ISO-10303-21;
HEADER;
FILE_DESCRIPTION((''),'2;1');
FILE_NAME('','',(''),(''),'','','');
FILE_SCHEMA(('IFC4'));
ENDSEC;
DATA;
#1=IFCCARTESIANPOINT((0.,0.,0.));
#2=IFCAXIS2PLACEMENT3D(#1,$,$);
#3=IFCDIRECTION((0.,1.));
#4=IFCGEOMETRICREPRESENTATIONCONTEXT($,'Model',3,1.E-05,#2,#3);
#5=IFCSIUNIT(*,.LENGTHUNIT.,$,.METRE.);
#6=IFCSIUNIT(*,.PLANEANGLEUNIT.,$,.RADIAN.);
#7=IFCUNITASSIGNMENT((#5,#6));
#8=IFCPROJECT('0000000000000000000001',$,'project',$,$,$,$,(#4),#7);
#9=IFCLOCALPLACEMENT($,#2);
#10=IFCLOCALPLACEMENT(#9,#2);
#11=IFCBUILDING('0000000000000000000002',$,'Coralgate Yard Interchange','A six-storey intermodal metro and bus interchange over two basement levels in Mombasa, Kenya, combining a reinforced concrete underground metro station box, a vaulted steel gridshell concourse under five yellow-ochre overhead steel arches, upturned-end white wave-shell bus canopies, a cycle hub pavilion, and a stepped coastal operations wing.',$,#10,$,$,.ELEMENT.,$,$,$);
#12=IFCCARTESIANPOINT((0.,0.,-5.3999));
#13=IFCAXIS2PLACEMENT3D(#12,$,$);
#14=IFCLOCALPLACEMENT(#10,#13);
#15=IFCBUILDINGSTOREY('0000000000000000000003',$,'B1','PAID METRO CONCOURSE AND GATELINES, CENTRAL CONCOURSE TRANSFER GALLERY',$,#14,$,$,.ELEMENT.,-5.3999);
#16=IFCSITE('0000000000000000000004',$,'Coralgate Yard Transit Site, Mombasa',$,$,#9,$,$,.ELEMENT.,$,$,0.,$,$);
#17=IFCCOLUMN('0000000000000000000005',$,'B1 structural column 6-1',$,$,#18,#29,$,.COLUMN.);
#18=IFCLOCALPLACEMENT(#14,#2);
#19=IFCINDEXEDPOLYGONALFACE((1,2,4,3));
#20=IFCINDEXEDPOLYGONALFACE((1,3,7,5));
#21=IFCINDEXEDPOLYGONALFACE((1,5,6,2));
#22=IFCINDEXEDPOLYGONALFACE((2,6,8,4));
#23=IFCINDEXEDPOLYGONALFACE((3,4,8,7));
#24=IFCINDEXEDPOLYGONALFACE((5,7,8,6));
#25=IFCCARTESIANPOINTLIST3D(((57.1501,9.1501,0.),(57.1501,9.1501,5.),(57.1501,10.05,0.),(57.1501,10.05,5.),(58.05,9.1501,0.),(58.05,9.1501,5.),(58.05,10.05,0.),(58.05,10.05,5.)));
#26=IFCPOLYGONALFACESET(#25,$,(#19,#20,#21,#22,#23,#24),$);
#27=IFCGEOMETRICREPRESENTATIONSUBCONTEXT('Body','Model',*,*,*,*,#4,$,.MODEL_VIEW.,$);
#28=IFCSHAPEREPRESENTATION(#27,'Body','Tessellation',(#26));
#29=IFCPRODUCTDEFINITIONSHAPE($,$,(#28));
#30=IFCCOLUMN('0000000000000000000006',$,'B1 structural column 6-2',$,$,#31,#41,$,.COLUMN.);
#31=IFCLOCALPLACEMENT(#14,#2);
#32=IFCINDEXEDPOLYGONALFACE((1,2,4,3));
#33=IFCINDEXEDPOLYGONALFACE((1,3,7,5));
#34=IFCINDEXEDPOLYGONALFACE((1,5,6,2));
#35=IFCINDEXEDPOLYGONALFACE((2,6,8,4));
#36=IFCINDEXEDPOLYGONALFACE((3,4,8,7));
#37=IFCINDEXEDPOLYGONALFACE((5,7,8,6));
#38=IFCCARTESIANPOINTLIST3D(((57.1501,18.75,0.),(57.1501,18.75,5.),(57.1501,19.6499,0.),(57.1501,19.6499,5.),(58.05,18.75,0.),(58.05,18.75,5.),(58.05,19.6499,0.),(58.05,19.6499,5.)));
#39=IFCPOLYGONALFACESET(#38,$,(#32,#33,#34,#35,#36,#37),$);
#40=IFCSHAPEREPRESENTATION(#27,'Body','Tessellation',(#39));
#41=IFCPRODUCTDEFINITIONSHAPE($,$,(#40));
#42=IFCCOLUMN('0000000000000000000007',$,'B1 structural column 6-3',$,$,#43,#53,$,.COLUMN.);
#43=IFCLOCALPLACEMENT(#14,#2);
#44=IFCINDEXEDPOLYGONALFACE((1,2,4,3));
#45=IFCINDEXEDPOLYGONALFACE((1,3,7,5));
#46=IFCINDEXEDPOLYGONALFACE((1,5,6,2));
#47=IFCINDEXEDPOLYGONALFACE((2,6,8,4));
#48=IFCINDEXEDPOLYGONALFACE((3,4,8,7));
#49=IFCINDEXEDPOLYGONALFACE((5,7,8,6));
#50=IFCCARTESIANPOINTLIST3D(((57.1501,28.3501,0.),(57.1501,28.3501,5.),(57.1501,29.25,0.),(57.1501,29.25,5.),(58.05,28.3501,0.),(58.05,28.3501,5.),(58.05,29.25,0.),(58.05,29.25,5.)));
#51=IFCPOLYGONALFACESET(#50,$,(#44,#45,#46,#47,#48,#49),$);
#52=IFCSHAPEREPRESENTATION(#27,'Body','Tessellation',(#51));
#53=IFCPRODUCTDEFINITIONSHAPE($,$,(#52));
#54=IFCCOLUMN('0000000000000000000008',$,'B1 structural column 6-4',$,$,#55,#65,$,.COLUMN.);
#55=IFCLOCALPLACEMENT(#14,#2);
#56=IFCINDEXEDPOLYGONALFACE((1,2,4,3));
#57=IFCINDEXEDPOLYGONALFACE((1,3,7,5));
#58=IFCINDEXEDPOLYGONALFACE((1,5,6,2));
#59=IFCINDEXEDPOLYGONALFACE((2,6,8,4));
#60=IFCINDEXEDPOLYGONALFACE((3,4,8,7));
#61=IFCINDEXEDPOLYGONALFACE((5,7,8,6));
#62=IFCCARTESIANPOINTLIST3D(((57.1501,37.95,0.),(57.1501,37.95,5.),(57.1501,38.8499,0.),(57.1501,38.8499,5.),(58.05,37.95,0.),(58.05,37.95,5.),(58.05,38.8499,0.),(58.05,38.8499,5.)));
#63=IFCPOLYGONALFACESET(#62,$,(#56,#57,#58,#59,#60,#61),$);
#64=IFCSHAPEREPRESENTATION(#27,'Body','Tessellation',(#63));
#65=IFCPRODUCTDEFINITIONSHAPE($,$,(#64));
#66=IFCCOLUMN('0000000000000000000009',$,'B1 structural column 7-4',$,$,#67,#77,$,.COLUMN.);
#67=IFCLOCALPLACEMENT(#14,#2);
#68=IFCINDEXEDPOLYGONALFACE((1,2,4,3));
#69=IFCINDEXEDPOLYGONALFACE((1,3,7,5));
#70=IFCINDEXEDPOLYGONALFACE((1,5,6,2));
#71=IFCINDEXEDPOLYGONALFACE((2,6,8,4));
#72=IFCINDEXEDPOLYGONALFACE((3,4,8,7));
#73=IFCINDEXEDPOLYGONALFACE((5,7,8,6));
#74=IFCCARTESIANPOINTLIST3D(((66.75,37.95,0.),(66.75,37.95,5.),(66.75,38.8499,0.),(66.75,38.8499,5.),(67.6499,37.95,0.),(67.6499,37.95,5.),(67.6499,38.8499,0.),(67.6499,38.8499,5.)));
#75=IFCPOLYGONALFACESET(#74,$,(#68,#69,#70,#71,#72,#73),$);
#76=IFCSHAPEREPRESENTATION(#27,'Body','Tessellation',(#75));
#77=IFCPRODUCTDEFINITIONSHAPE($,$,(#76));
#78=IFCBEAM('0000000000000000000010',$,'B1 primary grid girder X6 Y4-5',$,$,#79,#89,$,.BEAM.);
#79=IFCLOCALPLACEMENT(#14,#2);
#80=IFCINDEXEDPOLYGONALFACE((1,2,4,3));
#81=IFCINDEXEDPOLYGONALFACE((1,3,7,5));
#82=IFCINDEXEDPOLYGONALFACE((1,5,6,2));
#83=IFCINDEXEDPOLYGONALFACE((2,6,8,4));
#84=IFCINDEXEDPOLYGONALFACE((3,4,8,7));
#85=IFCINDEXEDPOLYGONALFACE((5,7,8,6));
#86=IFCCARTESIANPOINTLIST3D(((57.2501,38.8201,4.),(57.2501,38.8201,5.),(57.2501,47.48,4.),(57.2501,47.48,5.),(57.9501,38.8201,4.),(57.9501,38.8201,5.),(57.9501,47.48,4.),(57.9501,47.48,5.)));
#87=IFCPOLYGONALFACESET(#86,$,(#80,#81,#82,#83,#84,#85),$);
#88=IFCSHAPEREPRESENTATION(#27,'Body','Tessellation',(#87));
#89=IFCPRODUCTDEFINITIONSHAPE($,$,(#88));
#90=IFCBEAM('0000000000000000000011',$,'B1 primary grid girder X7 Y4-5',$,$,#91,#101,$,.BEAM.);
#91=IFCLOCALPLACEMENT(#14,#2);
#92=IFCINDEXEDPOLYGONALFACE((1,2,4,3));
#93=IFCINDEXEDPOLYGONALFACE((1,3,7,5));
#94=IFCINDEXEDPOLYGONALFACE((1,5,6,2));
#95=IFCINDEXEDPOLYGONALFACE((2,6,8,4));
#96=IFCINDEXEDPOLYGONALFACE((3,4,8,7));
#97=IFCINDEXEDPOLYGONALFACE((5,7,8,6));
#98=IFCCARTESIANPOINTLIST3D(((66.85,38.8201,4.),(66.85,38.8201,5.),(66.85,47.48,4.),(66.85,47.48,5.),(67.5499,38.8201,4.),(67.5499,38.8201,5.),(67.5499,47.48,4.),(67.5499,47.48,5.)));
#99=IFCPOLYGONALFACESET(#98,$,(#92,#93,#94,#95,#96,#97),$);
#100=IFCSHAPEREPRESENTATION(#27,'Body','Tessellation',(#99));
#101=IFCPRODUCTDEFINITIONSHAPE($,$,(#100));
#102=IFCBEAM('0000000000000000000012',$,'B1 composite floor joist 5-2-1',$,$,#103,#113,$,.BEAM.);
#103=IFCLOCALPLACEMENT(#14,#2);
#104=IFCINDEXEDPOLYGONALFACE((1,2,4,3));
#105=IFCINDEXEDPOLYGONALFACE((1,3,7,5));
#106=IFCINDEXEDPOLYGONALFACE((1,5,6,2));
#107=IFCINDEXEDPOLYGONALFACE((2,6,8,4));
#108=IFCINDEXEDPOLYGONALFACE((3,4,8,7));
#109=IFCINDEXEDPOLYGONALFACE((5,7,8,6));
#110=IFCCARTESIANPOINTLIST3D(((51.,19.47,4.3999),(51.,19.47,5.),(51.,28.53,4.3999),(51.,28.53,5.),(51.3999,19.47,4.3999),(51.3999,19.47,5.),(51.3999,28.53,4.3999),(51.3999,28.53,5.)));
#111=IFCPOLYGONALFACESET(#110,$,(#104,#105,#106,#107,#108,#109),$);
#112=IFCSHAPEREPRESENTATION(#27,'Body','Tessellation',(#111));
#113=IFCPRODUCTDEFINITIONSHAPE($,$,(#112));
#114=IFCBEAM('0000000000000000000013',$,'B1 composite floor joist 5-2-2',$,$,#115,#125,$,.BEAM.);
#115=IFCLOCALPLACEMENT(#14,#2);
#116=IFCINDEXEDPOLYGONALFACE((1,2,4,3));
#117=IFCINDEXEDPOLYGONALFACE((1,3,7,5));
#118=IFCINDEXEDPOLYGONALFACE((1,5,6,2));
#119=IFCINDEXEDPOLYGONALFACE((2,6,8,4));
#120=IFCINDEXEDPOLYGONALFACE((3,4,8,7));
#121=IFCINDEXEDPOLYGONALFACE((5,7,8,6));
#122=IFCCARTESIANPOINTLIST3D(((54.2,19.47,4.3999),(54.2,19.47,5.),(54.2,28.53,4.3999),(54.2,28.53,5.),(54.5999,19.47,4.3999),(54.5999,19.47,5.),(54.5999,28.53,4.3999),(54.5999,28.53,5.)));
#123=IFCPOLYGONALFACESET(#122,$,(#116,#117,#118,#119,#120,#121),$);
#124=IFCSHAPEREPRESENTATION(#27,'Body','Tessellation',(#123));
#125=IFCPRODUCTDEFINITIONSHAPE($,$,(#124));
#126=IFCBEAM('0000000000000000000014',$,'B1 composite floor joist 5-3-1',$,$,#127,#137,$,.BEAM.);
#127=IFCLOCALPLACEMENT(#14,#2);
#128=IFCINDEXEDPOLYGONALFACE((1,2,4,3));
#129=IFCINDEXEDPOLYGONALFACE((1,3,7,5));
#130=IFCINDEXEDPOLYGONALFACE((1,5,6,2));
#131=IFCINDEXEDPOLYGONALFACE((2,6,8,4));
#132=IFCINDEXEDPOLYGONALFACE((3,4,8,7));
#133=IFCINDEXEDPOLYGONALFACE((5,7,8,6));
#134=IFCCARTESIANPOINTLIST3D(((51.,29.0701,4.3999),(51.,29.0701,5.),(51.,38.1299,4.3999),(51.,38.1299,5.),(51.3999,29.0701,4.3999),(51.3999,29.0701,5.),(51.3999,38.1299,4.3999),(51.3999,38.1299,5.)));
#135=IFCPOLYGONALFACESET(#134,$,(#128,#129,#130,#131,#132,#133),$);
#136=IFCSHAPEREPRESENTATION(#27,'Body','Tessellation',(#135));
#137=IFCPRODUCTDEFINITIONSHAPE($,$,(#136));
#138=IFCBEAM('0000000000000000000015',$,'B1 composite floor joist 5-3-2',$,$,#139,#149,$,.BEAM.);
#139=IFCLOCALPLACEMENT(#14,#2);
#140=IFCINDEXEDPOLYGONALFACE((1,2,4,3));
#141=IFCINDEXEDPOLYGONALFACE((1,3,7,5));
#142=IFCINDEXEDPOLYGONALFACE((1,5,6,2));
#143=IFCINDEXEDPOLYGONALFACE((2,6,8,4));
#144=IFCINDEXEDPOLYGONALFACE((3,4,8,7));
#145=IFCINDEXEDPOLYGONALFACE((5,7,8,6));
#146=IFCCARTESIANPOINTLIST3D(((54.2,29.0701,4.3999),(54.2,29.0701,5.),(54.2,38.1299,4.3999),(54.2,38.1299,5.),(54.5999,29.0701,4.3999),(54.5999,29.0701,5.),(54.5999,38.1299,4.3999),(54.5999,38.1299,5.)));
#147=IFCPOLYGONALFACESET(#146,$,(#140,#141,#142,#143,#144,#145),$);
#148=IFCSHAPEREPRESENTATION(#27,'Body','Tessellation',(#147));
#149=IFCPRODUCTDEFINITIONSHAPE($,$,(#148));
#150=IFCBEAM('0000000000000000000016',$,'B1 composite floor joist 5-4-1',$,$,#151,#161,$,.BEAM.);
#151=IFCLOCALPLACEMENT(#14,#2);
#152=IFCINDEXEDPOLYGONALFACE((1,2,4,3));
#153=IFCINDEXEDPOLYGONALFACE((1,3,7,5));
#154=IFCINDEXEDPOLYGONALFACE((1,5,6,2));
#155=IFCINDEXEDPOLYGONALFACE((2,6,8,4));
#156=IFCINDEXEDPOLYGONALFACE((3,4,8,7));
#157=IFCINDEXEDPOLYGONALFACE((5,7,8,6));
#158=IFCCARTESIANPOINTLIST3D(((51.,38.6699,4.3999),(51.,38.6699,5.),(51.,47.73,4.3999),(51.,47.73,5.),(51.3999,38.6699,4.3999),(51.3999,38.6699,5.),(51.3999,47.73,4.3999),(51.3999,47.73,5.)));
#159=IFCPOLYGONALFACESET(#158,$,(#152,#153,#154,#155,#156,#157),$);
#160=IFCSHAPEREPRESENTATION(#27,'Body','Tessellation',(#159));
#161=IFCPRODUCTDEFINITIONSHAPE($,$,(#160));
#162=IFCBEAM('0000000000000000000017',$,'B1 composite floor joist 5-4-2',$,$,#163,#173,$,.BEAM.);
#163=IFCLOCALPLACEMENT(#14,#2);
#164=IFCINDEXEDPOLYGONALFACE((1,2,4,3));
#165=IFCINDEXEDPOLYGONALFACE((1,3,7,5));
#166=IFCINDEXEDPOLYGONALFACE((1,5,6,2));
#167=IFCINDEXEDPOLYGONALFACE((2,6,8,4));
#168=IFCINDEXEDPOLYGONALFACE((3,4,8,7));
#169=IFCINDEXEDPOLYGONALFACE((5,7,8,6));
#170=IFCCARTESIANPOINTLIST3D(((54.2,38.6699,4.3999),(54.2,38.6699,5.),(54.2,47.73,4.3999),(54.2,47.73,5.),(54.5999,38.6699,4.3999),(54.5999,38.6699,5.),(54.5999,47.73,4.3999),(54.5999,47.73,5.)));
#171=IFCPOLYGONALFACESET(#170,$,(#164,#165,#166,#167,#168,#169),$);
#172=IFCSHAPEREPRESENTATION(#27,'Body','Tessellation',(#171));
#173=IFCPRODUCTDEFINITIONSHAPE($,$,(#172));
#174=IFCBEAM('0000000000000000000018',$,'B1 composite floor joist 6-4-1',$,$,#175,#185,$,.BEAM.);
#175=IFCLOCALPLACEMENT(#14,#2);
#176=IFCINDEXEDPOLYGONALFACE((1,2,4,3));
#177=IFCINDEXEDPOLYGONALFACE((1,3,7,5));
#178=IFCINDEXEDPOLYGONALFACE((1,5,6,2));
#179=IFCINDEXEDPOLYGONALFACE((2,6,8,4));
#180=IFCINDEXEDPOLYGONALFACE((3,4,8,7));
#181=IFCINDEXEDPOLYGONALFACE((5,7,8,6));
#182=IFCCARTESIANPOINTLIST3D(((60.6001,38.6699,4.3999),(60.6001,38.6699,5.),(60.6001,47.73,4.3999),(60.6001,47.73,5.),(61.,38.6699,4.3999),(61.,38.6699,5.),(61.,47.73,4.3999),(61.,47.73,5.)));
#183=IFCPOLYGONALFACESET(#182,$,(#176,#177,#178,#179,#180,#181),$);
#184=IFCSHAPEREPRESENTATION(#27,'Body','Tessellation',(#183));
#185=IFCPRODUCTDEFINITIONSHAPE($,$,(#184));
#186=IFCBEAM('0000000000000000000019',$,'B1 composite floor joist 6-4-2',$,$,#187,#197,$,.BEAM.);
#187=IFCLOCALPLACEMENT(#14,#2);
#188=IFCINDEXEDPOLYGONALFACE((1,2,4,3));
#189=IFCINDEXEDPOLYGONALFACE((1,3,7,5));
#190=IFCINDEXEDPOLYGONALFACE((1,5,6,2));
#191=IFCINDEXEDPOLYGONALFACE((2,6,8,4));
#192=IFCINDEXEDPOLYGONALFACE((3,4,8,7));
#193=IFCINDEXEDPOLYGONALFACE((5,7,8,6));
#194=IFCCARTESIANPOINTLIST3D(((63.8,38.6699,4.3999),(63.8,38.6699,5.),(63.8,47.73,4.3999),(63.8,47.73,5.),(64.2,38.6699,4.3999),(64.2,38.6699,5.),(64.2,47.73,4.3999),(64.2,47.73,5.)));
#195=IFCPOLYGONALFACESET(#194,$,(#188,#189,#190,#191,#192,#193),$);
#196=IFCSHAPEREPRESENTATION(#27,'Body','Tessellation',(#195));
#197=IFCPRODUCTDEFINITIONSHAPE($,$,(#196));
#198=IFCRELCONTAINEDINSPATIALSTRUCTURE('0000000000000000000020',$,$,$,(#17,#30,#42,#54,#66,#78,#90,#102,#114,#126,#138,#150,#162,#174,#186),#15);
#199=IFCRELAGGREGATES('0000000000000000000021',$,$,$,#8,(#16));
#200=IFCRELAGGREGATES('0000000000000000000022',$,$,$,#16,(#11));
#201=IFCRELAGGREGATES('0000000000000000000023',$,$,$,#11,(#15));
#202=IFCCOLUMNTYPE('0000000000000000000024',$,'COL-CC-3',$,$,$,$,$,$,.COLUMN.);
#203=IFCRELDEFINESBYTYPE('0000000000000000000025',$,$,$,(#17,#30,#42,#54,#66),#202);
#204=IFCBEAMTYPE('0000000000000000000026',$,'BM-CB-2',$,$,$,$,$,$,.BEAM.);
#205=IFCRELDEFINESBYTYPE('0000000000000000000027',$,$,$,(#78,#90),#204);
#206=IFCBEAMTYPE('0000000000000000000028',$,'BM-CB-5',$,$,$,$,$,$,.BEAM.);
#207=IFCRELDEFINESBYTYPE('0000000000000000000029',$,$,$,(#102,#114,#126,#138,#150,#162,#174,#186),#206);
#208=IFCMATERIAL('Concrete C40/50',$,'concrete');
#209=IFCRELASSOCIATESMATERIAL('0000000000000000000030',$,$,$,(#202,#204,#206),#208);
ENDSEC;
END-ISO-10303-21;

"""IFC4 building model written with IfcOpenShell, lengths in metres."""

from ifc_helpers import new_model, si_unit, direction, frame, origin, origin_2d, place, context, subcontext, project, spatial, rectangle, extrude, material, material_profile, profile_set, type_object, element, save


model = new_model("IFC4")

# Units and contexts
model_context = context("Model", 3, precision=1e-05, world=origin(), true_north=direction((0.0, 1.0)))
body_context = subcontext(model_context, "Body", "Model", "MODEL_VIEW")
ifc_project = project(units=[si_unit("LENGTHUNIT", "METRE"), si_unit("PLANEANGLEUNIT", "RADIAN")], contexts=[model_context])

# Site, building, storey
site_placement = place(None, origin())
site = spatial("IfcSite", under=ifc_project, at=site_placement, Name="Coralgate Yard Transit Site, Mombasa", CompositionType="ELEMENT", RefElevation=0.0)
building_placement = place(site_placement, origin())
building = spatial("IfcBuilding", under=site, at=building_placement, Name="Coralgate Yard Interchange", Description="A six-storey intermodal metro and bus interchange over two basement levels in Mombasa, Kenya, combining a reinforced concrete underground metro station box, a vaulted steel gridshell concourse under five yellow-ochre overhead steel arches, upturned-end white wave-shell bus canopies, a cycle hub pavilion, and a stepped coastal operations wing.", CompositionType="ELEMENT")
storey_placement = place(building_placement, frame((0.0, 0.0, -5.3999)))
storey = spatial("IfcBuildingStorey", under=building, at=storey_placement, Name="B1", Description="PAID METRO CONCOURSE AND GATELINES, CENTRAL CONCOURSE TRANSFER GALLERY", CompositionType="ELEMENT", Elevation=-5.3999)

# Columns
ifc_material_1 = material(Name="Concrete C40/50", Category="concrete")
ifc_material_profile_1 = material_profile(ifc_material_1, rectangle(XDim=0.8999, YDim=0.8999, at=origin_2d()), Name="RC 900x900")
ifc_profile_set_1 = profile_set([ifc_material_profile_1], Name="Concrete C40/50")
column_type = type_object("IfcColumnType", Name="COL-CC-3", PredefinedType="COLUMN", material=ifc_profile_set_1)
for number, where, z_axis, x_axis, name in (
    (1, (57.6001, 9.6001, 0.0), (0.0, 0.0, 1.0), (1.0, 0.0, 0.0), "B1 structural column 6-1"),
    (2, (57.6001, 19.2, 0.0), (0.0, 0.0, 1.0), (1.0, 0.0, 0.0), "B1 structural column 6-2"),
    (3, (57.6001, 28.8, 0.0), (0.0, 0.0, 1.0), (1.0, 0.0, 0.0), "B1 structural column 6-3"),
    (4, (57.6001, 38.3999, 0.0), (0.0, 0.0, 1.0), (1.0, 0.0, 0.0), "B1 structural column 6-4"),
    (5, (67.2, 38.3999, 0.0), (0.0, 0.0, 1.0), (1.0, 0.0, 0.0), "B1 structural column 7-4"),
):
    element("IfcColumn", number, at=place(storey_placement, frame(where, z_axis=z_axis, x_axis=x_axis)), inside=storey, type_object=column_type, Name=name, PredefinedType="COLUMN", context=body_context, shape_type="SweptSolid", body=[
        extrude(rectangle(XDim=0.8999, YDim=0.8999, at=origin_2d()), origin(), (0.0, 0.0, 1.0), 5.0),
    ])

# Beams
ifc_material_profile_2 = material_profile(ifc_material_1, rectangle(XDim=0.7, YDim=1.0, at=origin_2d()), Name="RC 700x1000")
ifc_profile_set_2 = profile_set([ifc_material_profile_2], Name="Concrete C40/50")
beam_type_1 = type_object("IfcBeamType", Name="BM-CB-2", PredefinedType="BEAM", material=ifc_profile_set_2)
for number, where, z_axis, x_axis, name in (
    (6, (57.6001, 38.8201, 4.5), (0.0, 1.0, 0.0), (-1.0, 0.0, 0.0), "B1 primary grid girder X6 Y4-5"),
    (7, (67.2, 38.8201, 4.5), (0.0, 1.0, 0.0), (-1.0, 0.0, 0.0), "B1 primary grid girder X7 Y4-5"),
):
    element("IfcBeam", number, at=place(storey_placement, frame(where, z_axis=z_axis, x_axis=x_axis)), inside=storey, type_object=beam_type_1, Name=name, PredefinedType="BEAM", context=body_context, shape_type="SweptSolid", body=[
        extrude(rectangle(XDim=0.7, YDim=1.0, at=origin_2d()), origin(), (0.0, 0.0, 1.0), 8.6599),
    ])
ifc_material_profile_3 = material_profile(ifc_material_1, rectangle(XDim=0.3999, YDim=0.6001, at=origin_2d()), Name="RC 400x600")
ifc_profile_set_3 = profile_set([ifc_material_profile_3], Name="Concrete C40/50")
beam_type_2 = type_object("IfcBeamType", Name="BM-CB-5", PredefinedType="BEAM", material=ifc_profile_set_3)
for number, where, z_axis, x_axis, name in (
    (8, (51.2, 19.47, 4.7), (0.0, 1.0, 0.0), (-1.0, 0.0, 0.0), "B1 composite floor joist 5-2-1"),
    (9, (54.3999, 19.47, 4.7), (0.0, 1.0, 0.0), (-1.0, 0.0, 0.0), "B1 composite floor joist 5-2-2"),
):
    element("IfcBeam", number, at=place(storey_placement, frame(where, z_axis=z_axis, x_axis=x_axis)), inside=storey, type_object=beam_type_2, Name=name, PredefinedType="BEAM", context=body_context, shape_type="SweptSolid", body=[
        extrude(rectangle(XDim=0.3999, YDim=0.6001, at=origin_2d()), origin(), (0.0, 0.0, 1.0), 9.0601),
    ])
for number, where, z_axis, x_axis, name in (
    (10, (51.2, 29.0701, 4.7), (0.0, 1.0, 0.0), (-1.0, 0.0, 0.0), "B1 composite floor joist 5-3-1"),
    (11, (54.3999, 29.0701, 4.7), (0.0, 1.0, 0.0), (-1.0, 0.0, 0.0), "B1 composite floor joist 5-3-2"),
):
    element("IfcBeam", number, at=place(storey_placement, frame(where, z_axis=z_axis, x_axis=x_axis)), inside=storey, type_object=beam_type_2, Name=name, PredefinedType="BEAM", context=body_context, shape_type="SweptSolid", body=[
        extrude(rectangle(XDim=0.3999, YDim=0.6001, at=origin_2d()), origin(), (0.0, 0.0, 1.0), 9.0598),
    ])
for number, where, z_axis, x_axis, name in (
    (12, (51.2, 38.6699, 4.7), (0.0, 1.0, 0.0), (-1.0, 0.0, 0.0), "B1 composite floor joist 5-4-1"),
    (13, (54.3999, 38.6699, 4.7), (0.0, 1.0, 0.0), (-1.0, 0.0, 0.0), "B1 composite floor joist 5-4-2"),
    (14, (60.8, 38.6699, 4.7), (0.0, 1.0, 0.0), (-1.0, 0.0, 0.0), "B1 composite floor joist 6-4-1"),
    (15, (64.0, 38.6699, 4.7), (0.0, 1.0, 0.0), (-1.0, 0.0, 0.0), "B1 composite floor joist 6-4-2"),
):
    element("IfcBeam", number, at=place(storey_placement, frame(where, z_axis=z_axis, x_axis=x_axis)), inside=storey, type_object=beam_type_2, Name=name, PredefinedType="BEAM", context=body_context, shape_type="SweptSolid", body=[
        extrude(rectangle(XDim=0.3999, YDim=0.6001, at=origin_2d()), origin(), (0.0, 0.0, 1.0), 9.0601),
    ])

save(model, "model.ifc")
